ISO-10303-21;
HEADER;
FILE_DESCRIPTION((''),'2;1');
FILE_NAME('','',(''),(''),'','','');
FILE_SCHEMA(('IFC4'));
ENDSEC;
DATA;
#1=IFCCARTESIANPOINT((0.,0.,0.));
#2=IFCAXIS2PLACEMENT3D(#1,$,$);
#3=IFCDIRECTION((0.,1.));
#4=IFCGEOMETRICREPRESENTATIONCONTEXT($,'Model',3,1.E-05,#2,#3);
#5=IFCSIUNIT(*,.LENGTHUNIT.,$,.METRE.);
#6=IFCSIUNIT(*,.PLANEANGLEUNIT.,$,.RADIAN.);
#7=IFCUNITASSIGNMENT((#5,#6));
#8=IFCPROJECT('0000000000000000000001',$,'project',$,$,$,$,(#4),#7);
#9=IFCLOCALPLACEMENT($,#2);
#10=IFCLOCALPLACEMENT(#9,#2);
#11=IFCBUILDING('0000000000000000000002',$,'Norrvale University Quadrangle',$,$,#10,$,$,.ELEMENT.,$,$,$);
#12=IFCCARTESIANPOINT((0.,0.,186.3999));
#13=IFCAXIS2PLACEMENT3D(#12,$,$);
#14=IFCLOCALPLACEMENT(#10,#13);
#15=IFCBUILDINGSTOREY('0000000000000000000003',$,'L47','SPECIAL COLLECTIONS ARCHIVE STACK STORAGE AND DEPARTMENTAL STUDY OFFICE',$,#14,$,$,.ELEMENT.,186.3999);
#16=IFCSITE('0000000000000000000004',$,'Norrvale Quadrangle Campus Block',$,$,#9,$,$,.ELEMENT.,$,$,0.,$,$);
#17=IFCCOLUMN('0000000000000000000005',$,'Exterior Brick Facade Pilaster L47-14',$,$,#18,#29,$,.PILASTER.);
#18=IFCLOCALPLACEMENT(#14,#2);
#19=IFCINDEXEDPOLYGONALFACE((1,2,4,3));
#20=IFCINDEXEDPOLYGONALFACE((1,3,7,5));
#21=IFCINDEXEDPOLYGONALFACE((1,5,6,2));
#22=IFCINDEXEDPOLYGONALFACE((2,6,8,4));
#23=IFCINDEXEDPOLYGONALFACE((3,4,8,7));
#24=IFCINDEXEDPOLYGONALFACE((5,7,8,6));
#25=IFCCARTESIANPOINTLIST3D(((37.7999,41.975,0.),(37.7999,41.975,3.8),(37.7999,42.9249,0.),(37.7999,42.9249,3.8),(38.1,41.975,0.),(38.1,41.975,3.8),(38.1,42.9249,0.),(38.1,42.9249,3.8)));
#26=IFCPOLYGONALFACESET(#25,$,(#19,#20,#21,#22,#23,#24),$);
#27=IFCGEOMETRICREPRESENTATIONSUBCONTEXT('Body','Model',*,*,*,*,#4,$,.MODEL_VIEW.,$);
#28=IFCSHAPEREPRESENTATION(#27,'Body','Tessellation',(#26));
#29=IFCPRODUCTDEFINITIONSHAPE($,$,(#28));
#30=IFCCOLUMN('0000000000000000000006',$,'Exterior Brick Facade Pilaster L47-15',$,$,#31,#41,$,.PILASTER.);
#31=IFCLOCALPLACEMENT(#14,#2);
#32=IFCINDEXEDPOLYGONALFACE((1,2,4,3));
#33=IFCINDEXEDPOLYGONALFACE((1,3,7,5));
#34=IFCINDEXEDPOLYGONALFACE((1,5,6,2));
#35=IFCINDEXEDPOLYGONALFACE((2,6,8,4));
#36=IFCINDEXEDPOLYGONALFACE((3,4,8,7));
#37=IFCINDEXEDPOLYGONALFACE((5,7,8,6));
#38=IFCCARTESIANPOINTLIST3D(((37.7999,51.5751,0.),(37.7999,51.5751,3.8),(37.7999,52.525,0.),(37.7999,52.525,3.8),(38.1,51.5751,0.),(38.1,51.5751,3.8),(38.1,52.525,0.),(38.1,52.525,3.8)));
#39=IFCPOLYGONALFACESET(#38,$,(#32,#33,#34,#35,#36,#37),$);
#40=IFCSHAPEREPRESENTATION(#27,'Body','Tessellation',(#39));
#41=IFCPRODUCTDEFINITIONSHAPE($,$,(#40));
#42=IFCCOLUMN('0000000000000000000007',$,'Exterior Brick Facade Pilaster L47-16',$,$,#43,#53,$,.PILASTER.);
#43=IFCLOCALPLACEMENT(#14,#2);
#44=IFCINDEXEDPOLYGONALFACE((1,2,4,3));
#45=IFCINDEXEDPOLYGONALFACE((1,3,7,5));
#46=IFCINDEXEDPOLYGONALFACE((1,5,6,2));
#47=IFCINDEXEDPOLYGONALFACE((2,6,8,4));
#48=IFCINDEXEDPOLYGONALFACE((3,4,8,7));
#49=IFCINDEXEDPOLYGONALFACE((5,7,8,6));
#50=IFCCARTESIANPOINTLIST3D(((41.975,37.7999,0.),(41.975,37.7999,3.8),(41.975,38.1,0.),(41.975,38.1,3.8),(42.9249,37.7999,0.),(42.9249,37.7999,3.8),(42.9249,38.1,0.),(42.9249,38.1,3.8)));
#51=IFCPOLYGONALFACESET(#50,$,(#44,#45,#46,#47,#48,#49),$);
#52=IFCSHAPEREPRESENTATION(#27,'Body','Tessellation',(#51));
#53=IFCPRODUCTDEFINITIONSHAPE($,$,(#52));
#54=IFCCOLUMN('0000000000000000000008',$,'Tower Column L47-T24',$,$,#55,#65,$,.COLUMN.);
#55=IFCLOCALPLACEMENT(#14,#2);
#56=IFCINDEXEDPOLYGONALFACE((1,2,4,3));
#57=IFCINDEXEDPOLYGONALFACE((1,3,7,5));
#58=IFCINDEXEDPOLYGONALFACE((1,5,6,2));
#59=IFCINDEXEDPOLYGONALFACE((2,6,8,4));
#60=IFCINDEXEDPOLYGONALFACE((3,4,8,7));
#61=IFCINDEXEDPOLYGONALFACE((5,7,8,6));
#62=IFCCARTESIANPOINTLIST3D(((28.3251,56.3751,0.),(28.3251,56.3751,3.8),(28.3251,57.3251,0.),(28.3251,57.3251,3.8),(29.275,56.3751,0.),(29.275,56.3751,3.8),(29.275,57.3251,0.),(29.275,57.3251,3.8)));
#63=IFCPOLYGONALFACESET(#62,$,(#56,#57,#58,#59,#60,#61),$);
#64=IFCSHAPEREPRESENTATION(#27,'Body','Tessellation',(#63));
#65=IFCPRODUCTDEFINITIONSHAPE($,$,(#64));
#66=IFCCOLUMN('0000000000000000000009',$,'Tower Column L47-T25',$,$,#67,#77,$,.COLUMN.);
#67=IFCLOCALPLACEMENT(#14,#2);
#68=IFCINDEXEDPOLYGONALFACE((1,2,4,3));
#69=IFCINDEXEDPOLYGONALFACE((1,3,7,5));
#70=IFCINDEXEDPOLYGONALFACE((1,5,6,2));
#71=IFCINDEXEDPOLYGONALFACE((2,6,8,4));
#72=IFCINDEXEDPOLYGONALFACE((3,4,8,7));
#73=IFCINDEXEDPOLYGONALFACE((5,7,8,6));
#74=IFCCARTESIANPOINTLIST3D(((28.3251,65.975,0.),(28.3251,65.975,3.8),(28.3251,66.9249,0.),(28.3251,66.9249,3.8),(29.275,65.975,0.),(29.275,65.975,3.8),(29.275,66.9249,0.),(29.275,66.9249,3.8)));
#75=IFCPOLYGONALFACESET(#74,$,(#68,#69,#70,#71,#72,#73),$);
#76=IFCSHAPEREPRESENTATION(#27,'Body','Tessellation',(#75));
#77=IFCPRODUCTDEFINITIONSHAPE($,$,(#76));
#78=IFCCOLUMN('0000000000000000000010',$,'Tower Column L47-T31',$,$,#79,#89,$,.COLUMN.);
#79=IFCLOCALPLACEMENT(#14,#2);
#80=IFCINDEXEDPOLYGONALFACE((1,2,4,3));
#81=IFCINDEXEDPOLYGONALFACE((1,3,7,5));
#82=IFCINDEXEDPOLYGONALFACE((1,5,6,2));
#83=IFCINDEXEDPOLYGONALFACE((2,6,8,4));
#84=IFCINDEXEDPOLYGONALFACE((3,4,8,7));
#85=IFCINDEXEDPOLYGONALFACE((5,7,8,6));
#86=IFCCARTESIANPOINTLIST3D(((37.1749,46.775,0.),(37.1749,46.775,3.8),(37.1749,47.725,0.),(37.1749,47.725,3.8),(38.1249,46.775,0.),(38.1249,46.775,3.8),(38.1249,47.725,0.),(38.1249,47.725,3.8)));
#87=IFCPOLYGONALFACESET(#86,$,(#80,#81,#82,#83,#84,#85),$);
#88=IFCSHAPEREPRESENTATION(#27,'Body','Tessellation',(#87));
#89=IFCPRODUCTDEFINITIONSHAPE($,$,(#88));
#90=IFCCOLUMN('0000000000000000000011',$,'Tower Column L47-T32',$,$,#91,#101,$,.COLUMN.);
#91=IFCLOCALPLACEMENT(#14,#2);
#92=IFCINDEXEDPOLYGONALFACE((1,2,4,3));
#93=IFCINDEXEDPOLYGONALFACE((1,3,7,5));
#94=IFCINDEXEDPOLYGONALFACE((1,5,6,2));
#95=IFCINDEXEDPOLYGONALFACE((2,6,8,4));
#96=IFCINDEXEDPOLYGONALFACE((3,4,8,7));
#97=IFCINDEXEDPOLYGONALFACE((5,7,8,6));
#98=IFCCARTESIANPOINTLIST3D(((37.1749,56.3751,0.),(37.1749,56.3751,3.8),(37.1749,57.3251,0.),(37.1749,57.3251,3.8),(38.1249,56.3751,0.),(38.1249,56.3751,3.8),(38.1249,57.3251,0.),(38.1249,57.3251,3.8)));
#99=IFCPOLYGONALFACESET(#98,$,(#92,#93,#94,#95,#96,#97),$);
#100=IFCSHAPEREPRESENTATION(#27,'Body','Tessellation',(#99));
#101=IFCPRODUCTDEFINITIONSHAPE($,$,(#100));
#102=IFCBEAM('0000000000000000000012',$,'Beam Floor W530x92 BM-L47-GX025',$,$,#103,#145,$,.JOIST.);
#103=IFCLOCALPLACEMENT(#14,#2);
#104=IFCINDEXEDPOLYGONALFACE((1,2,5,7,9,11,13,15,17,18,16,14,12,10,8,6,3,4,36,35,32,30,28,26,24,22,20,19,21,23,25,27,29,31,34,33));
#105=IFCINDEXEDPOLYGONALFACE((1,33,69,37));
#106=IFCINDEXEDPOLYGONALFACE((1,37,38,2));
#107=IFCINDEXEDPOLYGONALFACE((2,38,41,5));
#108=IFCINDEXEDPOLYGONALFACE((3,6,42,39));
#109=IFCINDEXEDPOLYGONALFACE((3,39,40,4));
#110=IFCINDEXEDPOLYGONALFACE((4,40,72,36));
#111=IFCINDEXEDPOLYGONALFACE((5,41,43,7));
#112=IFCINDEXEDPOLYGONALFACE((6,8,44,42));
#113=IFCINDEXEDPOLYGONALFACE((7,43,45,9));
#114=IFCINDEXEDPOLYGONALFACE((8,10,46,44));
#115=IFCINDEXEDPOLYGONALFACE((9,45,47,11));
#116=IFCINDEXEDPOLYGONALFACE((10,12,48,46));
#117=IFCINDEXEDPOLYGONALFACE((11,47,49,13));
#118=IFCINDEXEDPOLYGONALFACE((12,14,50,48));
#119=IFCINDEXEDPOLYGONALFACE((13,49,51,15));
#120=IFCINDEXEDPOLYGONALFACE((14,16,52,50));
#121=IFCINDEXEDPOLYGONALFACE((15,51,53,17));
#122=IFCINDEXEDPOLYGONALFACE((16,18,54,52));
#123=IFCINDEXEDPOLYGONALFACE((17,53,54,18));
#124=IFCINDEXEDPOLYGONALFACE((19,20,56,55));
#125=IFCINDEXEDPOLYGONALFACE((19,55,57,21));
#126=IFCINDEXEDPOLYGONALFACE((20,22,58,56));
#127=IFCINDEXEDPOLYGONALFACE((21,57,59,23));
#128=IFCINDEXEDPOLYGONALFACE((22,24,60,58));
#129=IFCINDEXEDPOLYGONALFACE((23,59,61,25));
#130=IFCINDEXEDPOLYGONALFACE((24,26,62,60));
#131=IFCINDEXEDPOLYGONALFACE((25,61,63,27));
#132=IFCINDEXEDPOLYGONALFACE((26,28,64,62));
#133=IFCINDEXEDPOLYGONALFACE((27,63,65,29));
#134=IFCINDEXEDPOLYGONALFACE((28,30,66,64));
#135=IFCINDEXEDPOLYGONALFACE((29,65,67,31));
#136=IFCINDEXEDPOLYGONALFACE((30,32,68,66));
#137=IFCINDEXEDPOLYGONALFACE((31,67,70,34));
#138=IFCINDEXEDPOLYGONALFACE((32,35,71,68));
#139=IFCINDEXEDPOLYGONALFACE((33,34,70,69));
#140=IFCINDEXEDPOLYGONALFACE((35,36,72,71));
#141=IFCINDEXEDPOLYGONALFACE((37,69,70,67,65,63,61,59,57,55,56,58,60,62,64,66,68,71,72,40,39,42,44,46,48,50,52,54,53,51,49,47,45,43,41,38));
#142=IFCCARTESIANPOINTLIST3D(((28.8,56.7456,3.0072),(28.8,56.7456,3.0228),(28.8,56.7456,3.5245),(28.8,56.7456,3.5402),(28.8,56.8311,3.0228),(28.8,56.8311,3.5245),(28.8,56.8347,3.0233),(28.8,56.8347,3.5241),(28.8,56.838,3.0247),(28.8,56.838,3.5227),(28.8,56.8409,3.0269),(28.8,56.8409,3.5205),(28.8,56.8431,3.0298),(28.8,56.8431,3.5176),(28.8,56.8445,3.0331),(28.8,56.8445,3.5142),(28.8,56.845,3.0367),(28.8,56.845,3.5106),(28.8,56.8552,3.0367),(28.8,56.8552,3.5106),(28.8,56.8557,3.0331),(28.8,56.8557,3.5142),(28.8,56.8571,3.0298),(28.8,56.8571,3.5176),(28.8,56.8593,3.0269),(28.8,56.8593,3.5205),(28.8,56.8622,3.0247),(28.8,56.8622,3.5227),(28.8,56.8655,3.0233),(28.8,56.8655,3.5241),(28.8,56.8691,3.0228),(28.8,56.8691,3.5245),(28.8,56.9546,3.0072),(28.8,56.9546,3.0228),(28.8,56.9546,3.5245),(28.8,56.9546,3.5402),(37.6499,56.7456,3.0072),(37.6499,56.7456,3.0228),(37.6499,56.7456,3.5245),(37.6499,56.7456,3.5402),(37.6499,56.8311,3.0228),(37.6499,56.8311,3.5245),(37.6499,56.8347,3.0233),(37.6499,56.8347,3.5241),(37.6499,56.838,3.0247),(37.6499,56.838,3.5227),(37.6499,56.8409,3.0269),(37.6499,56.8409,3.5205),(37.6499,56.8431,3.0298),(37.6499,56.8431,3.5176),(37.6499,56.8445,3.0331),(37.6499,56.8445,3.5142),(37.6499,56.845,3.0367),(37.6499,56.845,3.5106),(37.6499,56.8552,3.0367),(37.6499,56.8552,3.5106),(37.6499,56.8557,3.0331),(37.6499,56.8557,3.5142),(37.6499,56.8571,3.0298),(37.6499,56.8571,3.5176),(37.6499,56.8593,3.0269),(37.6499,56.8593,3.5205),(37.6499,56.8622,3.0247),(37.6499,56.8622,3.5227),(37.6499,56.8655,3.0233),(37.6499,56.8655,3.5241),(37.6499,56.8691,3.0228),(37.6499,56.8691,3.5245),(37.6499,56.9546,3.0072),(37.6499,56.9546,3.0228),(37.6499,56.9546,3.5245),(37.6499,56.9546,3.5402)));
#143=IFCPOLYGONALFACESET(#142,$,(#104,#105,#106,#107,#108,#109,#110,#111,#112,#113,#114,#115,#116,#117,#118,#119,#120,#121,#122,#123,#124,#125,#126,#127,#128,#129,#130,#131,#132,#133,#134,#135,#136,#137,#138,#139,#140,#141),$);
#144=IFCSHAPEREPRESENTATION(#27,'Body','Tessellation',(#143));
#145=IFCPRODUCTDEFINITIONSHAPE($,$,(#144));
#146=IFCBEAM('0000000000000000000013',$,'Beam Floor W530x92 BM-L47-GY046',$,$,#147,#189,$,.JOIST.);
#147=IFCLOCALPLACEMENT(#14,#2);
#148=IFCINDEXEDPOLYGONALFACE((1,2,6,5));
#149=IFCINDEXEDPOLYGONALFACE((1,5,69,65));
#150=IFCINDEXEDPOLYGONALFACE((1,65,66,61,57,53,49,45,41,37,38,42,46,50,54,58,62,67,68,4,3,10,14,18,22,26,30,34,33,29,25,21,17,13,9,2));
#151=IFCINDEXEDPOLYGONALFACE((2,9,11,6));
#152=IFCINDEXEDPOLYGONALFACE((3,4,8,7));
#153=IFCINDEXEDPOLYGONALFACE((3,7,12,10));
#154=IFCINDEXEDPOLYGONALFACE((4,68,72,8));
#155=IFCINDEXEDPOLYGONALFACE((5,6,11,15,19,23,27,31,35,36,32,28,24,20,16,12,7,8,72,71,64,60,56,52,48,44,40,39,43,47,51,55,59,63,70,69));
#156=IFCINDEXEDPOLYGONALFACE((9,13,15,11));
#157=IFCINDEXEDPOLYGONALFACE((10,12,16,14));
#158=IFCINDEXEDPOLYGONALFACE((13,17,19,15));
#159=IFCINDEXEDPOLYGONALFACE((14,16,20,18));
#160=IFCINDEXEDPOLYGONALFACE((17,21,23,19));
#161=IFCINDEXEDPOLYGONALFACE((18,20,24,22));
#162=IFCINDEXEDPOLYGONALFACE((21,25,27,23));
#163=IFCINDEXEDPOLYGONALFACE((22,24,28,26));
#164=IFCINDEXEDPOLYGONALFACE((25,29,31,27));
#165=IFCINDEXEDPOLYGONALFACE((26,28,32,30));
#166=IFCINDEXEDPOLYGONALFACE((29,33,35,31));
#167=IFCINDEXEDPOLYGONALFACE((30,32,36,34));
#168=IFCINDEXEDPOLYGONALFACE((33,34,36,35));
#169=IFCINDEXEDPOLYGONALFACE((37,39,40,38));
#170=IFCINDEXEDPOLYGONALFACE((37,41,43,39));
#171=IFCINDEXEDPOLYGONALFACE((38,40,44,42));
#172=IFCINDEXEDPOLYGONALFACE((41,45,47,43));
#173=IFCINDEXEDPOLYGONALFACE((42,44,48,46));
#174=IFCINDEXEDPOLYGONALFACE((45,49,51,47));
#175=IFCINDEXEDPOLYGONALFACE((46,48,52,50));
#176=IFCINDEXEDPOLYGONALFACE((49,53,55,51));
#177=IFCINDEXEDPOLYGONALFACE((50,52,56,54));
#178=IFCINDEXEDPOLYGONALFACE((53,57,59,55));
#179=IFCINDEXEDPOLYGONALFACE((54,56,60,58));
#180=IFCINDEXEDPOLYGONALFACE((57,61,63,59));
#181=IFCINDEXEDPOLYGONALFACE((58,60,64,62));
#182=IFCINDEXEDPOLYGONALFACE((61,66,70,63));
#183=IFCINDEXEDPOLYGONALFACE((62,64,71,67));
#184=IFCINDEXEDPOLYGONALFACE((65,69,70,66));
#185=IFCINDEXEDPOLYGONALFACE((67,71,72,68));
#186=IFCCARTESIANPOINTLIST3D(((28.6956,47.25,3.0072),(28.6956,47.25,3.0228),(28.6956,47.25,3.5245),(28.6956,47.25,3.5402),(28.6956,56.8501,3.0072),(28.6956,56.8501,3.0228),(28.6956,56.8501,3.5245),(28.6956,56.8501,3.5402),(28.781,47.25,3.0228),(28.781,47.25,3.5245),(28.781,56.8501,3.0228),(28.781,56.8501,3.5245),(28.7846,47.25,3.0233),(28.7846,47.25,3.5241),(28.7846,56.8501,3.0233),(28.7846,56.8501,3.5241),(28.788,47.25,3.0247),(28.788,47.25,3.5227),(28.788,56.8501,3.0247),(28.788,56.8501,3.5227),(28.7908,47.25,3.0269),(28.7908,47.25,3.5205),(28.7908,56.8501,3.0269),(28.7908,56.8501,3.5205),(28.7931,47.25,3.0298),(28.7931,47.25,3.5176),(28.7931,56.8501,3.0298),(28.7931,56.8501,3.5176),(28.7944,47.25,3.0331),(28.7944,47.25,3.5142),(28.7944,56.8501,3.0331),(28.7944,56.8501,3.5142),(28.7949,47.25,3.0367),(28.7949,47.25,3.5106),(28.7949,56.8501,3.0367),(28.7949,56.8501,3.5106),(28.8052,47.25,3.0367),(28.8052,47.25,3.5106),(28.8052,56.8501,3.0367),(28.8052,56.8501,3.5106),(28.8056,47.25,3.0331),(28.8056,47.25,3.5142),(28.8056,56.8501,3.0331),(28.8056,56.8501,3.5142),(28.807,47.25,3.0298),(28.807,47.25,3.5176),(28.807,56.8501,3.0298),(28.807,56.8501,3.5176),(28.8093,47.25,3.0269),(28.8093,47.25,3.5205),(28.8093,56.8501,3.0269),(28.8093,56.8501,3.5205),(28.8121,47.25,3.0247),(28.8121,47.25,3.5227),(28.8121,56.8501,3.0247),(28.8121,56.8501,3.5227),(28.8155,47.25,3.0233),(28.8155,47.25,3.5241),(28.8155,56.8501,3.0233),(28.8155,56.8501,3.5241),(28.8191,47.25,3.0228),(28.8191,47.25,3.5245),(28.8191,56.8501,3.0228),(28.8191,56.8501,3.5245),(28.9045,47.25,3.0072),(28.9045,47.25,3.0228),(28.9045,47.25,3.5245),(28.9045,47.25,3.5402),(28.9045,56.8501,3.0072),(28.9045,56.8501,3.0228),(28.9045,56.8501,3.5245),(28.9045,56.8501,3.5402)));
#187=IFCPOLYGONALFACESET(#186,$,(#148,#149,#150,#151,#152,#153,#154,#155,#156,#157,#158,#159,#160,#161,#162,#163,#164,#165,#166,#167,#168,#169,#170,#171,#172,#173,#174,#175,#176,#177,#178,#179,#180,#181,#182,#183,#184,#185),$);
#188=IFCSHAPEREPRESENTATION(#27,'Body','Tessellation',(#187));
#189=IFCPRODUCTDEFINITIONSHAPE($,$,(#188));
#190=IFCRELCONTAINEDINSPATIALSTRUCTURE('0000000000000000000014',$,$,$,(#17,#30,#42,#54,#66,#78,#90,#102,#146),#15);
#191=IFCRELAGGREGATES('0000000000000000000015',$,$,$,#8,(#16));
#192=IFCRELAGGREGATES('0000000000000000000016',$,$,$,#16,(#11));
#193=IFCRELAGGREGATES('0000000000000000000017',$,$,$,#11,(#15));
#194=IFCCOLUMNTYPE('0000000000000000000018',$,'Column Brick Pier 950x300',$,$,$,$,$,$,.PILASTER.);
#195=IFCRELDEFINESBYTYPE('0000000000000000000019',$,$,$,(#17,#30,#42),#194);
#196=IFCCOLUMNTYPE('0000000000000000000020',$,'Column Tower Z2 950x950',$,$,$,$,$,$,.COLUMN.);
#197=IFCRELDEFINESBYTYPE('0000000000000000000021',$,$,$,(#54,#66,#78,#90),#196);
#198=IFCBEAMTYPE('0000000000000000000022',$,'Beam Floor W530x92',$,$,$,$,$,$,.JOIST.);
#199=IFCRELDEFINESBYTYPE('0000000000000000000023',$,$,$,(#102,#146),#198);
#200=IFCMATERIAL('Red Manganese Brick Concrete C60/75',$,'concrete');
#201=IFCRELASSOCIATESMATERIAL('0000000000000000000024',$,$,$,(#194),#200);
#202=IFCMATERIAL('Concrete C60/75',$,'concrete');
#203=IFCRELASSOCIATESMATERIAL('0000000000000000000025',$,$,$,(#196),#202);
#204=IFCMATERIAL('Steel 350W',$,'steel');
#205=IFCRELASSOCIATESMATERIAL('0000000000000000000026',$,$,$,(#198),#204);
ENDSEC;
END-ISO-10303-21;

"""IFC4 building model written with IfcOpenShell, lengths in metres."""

from ifc_helpers import new_model, si_unit, direction, frame, origin, origin_2d, place, context, subcontext, project, spatial, rectangle, i_section, extrude, material, material_profile, profile_set, type_object, element, save


model = new_model("IFC4")

# Units and contexts
model_context = context("Model", 3, precision=1e-05, world=origin(), true_north=direction((0.0, 1.0)))
body_context = subcontext(model_context, "Body", "Model", "MODEL_VIEW")
ifc_project = project(units=[si_unit("LENGTHUNIT", "METRE"), si_unit("PLANEANGLEUNIT", "RADIAN")], contexts=[model_context])

# Site, building, storey
site_placement = place(None, origin())
site = spatial("IfcSite", under=ifc_project, at=site_placement, Name="Norrvale Quadrangle Campus Block", CompositionType="ELEMENT", RefElevation=0.0)
building_placement = place(site_placement, origin())
building = spatial("IfcBuilding", under=site, at=building_placement, Name="Norrvale University Quadrangle", CompositionType="ELEMENT")
storey_placement = place(building_placement, frame((0.0, 0.0, 186.3999)))
storey = spatial("IfcBuildingStorey", under=building, at=storey_placement, Name="L47", Description="SPECIAL COLLECTIONS ARCHIVE STACK STORAGE AND DEPARTMENTAL STUDY OFFICE", CompositionType="ELEMENT", Elevation=186.3999)

# Columns
ifc_material_1 = material(Name="Red Manganese Brick Concrete C60/75", Category="concrete")
ifc_material_profile_1 = material_profile(ifc_material_1, rectangle(XDim=0.95, YDim=0.3, at=origin_2d()), Name="Red Manganese Brick Concrete C60/75")
ifc_profile_set_1 = profile_set([ifc_material_profile_1], Name="Red Manganese Brick Concrete C60/75")
column_type_1 = type_object("IfcColumnType", Name="Column Brick Pier 950x300", PredefinedType="PILASTER", material=ifc_profile_set_1)
for number, where, z_axis, x_axis, name in (
    (1, (37.95, 42.45, 0.0), (0.0, 0.0, 1.0), (0.0, 1.0, 0.0), "Exterior Brick Facade Pilaster L47-14"),
    (2, (37.95, 52.05, 0.0), (0.0, 0.0, 1.0), (0.0, 1.0, 0.0), "Exterior Brick Facade Pilaster L47-15"),
    (3, (42.45, 37.95, 0.0), (0.0, 0.0, 1.0), (1.0, 0.0, 0.0), "Exterior Brick Facade Pilaster L47-16"),
):
    element("IfcColumn", number, at=place(storey_placement, frame(where, z_axis=z_axis, x_axis=x_axis)), inside=storey, type_object=column_type_1, Name=name, PredefinedType="PILASTER", context=body_context, shape_type="SweptSolid", body=[
        extrude(rectangle(XDim=0.95, YDim=0.3, at=origin_2d()), origin(), (0.0, 0.0, 1.0), 3.8),
    ])
ifc_material_2 = material(Name="Concrete C60/75", Category="concrete")
ifc_material_profile_2 = material_profile(ifc_material_2, rectangle(XDim=0.95, YDim=0.95, at=origin_2d()), Name="Concrete C60/75")
ifc_profile_set_2 = profile_set([ifc_material_profile_2], Name="Concrete C60/75")
column_type_2 = type_object("IfcColumnType", Name="Column Tower Z2 950x950", PredefinedType="COLUMN", material=ifc_profile_set_2)
for number, where, z_axis, x_axis, name in (
    (4, (28.8, 56.8501, 0.0), (0.0, 0.0, 1.0), (1.0, 0.0, 0.0), "Tower Column L47-T24"),
    (5, (28.8, 66.45, 0.0), (0.0, 0.0, 1.0), (1.0, 0.0, 0.0), "Tower Column L47-T25"),
    (6, (37.6499, 47.25, 0.0), (0.0, 0.0, 1.0), (1.0, 0.0, 0.0), "Tower Column L47-T31"),
    (7, (37.6499, 56.8501, 0.0), (0.0, 0.0, 1.0), (1.0, 0.0, 0.0), "Tower Column L47-T32"),
):
    element("IfcColumn", number, at=place(storey_placement, frame(where, z_axis=z_axis, x_axis=x_axis)), inside=storey, type_object=column_type_2, Name=name, PredefinedType="COLUMN", context=body_context, shape_type="SweptSolid", body=[
        extrude(rectangle(XDim=0.95, YDim=0.95, at=origin_2d()), origin(), (0.0, 0.0, 1.0), 3.8),
    ])

# Beams
ifc_material_3 = material(Name="Steel 350W", Category="steel")
ifc_material_profile_3 = material_profile(ifc_material_3, i_section(OverallWidth=0.209, OverallDepth=0.533, WebThickness=0.0103, FlangeThickness=0.0156, FilletRadius=0.0139, at=origin_2d()), Name="Steel 350W")
ifc_profile_set_3 = profile_set([ifc_material_profile_3], Name="Steel 350W")
beam_type_1 = type_object("IfcBeamType", Name="Beam Floor W530x92", PredefinedType="JOIST", material=ifc_profile_set_3)
beam_1_placement = place(storey_placement, frame((28.8, 56.8501, 3.2737), z_axis=(1.0, 0.0, 0.0), x_axis=(0.0, 1.0, 0.0)))
element("IfcBeam", 8, at=beam_1_placement, inside=storey, type_object=beam_type_1, Name="Beam Floor W530x92 BM-L47-GX025", PredefinedType="JOIST", context=body_context, shape_type="SweptSolid", body=[
    extrude(i_section(OverallWidth=0.209, OverallDepth=0.533, WebThickness=0.0103, FlangeThickness=0.0156, FilletRadius=0.0139, at=origin_2d()), origin(), (0.0, 0.0, 1.0), 8.8499),
])
beam_2_placement = place(storey_placement, frame((28.8, 47.25, 3.2737), z_axis=(0.0, 1.0, 0.0), x_axis=(-1.0, 0.0, 0.0)))
element("IfcBeam", 9, at=beam_2_placement, inside=storey, type_object=beam_type_1, Name="Beam Floor W530x92 BM-L47-GY046", PredefinedType="JOIST", context=body_context, shape_type="SweptSolid", body=[
    extrude(i_section(OverallWidth=0.209, OverallDepth=0.533, WebThickness=0.0103, FlangeThickness=0.0156, FilletRadius=0.0139, at=origin_2d()), origin(), (0.0, 0.0, 1.0), 9.6001),
])

save(model, "model.ifc")
